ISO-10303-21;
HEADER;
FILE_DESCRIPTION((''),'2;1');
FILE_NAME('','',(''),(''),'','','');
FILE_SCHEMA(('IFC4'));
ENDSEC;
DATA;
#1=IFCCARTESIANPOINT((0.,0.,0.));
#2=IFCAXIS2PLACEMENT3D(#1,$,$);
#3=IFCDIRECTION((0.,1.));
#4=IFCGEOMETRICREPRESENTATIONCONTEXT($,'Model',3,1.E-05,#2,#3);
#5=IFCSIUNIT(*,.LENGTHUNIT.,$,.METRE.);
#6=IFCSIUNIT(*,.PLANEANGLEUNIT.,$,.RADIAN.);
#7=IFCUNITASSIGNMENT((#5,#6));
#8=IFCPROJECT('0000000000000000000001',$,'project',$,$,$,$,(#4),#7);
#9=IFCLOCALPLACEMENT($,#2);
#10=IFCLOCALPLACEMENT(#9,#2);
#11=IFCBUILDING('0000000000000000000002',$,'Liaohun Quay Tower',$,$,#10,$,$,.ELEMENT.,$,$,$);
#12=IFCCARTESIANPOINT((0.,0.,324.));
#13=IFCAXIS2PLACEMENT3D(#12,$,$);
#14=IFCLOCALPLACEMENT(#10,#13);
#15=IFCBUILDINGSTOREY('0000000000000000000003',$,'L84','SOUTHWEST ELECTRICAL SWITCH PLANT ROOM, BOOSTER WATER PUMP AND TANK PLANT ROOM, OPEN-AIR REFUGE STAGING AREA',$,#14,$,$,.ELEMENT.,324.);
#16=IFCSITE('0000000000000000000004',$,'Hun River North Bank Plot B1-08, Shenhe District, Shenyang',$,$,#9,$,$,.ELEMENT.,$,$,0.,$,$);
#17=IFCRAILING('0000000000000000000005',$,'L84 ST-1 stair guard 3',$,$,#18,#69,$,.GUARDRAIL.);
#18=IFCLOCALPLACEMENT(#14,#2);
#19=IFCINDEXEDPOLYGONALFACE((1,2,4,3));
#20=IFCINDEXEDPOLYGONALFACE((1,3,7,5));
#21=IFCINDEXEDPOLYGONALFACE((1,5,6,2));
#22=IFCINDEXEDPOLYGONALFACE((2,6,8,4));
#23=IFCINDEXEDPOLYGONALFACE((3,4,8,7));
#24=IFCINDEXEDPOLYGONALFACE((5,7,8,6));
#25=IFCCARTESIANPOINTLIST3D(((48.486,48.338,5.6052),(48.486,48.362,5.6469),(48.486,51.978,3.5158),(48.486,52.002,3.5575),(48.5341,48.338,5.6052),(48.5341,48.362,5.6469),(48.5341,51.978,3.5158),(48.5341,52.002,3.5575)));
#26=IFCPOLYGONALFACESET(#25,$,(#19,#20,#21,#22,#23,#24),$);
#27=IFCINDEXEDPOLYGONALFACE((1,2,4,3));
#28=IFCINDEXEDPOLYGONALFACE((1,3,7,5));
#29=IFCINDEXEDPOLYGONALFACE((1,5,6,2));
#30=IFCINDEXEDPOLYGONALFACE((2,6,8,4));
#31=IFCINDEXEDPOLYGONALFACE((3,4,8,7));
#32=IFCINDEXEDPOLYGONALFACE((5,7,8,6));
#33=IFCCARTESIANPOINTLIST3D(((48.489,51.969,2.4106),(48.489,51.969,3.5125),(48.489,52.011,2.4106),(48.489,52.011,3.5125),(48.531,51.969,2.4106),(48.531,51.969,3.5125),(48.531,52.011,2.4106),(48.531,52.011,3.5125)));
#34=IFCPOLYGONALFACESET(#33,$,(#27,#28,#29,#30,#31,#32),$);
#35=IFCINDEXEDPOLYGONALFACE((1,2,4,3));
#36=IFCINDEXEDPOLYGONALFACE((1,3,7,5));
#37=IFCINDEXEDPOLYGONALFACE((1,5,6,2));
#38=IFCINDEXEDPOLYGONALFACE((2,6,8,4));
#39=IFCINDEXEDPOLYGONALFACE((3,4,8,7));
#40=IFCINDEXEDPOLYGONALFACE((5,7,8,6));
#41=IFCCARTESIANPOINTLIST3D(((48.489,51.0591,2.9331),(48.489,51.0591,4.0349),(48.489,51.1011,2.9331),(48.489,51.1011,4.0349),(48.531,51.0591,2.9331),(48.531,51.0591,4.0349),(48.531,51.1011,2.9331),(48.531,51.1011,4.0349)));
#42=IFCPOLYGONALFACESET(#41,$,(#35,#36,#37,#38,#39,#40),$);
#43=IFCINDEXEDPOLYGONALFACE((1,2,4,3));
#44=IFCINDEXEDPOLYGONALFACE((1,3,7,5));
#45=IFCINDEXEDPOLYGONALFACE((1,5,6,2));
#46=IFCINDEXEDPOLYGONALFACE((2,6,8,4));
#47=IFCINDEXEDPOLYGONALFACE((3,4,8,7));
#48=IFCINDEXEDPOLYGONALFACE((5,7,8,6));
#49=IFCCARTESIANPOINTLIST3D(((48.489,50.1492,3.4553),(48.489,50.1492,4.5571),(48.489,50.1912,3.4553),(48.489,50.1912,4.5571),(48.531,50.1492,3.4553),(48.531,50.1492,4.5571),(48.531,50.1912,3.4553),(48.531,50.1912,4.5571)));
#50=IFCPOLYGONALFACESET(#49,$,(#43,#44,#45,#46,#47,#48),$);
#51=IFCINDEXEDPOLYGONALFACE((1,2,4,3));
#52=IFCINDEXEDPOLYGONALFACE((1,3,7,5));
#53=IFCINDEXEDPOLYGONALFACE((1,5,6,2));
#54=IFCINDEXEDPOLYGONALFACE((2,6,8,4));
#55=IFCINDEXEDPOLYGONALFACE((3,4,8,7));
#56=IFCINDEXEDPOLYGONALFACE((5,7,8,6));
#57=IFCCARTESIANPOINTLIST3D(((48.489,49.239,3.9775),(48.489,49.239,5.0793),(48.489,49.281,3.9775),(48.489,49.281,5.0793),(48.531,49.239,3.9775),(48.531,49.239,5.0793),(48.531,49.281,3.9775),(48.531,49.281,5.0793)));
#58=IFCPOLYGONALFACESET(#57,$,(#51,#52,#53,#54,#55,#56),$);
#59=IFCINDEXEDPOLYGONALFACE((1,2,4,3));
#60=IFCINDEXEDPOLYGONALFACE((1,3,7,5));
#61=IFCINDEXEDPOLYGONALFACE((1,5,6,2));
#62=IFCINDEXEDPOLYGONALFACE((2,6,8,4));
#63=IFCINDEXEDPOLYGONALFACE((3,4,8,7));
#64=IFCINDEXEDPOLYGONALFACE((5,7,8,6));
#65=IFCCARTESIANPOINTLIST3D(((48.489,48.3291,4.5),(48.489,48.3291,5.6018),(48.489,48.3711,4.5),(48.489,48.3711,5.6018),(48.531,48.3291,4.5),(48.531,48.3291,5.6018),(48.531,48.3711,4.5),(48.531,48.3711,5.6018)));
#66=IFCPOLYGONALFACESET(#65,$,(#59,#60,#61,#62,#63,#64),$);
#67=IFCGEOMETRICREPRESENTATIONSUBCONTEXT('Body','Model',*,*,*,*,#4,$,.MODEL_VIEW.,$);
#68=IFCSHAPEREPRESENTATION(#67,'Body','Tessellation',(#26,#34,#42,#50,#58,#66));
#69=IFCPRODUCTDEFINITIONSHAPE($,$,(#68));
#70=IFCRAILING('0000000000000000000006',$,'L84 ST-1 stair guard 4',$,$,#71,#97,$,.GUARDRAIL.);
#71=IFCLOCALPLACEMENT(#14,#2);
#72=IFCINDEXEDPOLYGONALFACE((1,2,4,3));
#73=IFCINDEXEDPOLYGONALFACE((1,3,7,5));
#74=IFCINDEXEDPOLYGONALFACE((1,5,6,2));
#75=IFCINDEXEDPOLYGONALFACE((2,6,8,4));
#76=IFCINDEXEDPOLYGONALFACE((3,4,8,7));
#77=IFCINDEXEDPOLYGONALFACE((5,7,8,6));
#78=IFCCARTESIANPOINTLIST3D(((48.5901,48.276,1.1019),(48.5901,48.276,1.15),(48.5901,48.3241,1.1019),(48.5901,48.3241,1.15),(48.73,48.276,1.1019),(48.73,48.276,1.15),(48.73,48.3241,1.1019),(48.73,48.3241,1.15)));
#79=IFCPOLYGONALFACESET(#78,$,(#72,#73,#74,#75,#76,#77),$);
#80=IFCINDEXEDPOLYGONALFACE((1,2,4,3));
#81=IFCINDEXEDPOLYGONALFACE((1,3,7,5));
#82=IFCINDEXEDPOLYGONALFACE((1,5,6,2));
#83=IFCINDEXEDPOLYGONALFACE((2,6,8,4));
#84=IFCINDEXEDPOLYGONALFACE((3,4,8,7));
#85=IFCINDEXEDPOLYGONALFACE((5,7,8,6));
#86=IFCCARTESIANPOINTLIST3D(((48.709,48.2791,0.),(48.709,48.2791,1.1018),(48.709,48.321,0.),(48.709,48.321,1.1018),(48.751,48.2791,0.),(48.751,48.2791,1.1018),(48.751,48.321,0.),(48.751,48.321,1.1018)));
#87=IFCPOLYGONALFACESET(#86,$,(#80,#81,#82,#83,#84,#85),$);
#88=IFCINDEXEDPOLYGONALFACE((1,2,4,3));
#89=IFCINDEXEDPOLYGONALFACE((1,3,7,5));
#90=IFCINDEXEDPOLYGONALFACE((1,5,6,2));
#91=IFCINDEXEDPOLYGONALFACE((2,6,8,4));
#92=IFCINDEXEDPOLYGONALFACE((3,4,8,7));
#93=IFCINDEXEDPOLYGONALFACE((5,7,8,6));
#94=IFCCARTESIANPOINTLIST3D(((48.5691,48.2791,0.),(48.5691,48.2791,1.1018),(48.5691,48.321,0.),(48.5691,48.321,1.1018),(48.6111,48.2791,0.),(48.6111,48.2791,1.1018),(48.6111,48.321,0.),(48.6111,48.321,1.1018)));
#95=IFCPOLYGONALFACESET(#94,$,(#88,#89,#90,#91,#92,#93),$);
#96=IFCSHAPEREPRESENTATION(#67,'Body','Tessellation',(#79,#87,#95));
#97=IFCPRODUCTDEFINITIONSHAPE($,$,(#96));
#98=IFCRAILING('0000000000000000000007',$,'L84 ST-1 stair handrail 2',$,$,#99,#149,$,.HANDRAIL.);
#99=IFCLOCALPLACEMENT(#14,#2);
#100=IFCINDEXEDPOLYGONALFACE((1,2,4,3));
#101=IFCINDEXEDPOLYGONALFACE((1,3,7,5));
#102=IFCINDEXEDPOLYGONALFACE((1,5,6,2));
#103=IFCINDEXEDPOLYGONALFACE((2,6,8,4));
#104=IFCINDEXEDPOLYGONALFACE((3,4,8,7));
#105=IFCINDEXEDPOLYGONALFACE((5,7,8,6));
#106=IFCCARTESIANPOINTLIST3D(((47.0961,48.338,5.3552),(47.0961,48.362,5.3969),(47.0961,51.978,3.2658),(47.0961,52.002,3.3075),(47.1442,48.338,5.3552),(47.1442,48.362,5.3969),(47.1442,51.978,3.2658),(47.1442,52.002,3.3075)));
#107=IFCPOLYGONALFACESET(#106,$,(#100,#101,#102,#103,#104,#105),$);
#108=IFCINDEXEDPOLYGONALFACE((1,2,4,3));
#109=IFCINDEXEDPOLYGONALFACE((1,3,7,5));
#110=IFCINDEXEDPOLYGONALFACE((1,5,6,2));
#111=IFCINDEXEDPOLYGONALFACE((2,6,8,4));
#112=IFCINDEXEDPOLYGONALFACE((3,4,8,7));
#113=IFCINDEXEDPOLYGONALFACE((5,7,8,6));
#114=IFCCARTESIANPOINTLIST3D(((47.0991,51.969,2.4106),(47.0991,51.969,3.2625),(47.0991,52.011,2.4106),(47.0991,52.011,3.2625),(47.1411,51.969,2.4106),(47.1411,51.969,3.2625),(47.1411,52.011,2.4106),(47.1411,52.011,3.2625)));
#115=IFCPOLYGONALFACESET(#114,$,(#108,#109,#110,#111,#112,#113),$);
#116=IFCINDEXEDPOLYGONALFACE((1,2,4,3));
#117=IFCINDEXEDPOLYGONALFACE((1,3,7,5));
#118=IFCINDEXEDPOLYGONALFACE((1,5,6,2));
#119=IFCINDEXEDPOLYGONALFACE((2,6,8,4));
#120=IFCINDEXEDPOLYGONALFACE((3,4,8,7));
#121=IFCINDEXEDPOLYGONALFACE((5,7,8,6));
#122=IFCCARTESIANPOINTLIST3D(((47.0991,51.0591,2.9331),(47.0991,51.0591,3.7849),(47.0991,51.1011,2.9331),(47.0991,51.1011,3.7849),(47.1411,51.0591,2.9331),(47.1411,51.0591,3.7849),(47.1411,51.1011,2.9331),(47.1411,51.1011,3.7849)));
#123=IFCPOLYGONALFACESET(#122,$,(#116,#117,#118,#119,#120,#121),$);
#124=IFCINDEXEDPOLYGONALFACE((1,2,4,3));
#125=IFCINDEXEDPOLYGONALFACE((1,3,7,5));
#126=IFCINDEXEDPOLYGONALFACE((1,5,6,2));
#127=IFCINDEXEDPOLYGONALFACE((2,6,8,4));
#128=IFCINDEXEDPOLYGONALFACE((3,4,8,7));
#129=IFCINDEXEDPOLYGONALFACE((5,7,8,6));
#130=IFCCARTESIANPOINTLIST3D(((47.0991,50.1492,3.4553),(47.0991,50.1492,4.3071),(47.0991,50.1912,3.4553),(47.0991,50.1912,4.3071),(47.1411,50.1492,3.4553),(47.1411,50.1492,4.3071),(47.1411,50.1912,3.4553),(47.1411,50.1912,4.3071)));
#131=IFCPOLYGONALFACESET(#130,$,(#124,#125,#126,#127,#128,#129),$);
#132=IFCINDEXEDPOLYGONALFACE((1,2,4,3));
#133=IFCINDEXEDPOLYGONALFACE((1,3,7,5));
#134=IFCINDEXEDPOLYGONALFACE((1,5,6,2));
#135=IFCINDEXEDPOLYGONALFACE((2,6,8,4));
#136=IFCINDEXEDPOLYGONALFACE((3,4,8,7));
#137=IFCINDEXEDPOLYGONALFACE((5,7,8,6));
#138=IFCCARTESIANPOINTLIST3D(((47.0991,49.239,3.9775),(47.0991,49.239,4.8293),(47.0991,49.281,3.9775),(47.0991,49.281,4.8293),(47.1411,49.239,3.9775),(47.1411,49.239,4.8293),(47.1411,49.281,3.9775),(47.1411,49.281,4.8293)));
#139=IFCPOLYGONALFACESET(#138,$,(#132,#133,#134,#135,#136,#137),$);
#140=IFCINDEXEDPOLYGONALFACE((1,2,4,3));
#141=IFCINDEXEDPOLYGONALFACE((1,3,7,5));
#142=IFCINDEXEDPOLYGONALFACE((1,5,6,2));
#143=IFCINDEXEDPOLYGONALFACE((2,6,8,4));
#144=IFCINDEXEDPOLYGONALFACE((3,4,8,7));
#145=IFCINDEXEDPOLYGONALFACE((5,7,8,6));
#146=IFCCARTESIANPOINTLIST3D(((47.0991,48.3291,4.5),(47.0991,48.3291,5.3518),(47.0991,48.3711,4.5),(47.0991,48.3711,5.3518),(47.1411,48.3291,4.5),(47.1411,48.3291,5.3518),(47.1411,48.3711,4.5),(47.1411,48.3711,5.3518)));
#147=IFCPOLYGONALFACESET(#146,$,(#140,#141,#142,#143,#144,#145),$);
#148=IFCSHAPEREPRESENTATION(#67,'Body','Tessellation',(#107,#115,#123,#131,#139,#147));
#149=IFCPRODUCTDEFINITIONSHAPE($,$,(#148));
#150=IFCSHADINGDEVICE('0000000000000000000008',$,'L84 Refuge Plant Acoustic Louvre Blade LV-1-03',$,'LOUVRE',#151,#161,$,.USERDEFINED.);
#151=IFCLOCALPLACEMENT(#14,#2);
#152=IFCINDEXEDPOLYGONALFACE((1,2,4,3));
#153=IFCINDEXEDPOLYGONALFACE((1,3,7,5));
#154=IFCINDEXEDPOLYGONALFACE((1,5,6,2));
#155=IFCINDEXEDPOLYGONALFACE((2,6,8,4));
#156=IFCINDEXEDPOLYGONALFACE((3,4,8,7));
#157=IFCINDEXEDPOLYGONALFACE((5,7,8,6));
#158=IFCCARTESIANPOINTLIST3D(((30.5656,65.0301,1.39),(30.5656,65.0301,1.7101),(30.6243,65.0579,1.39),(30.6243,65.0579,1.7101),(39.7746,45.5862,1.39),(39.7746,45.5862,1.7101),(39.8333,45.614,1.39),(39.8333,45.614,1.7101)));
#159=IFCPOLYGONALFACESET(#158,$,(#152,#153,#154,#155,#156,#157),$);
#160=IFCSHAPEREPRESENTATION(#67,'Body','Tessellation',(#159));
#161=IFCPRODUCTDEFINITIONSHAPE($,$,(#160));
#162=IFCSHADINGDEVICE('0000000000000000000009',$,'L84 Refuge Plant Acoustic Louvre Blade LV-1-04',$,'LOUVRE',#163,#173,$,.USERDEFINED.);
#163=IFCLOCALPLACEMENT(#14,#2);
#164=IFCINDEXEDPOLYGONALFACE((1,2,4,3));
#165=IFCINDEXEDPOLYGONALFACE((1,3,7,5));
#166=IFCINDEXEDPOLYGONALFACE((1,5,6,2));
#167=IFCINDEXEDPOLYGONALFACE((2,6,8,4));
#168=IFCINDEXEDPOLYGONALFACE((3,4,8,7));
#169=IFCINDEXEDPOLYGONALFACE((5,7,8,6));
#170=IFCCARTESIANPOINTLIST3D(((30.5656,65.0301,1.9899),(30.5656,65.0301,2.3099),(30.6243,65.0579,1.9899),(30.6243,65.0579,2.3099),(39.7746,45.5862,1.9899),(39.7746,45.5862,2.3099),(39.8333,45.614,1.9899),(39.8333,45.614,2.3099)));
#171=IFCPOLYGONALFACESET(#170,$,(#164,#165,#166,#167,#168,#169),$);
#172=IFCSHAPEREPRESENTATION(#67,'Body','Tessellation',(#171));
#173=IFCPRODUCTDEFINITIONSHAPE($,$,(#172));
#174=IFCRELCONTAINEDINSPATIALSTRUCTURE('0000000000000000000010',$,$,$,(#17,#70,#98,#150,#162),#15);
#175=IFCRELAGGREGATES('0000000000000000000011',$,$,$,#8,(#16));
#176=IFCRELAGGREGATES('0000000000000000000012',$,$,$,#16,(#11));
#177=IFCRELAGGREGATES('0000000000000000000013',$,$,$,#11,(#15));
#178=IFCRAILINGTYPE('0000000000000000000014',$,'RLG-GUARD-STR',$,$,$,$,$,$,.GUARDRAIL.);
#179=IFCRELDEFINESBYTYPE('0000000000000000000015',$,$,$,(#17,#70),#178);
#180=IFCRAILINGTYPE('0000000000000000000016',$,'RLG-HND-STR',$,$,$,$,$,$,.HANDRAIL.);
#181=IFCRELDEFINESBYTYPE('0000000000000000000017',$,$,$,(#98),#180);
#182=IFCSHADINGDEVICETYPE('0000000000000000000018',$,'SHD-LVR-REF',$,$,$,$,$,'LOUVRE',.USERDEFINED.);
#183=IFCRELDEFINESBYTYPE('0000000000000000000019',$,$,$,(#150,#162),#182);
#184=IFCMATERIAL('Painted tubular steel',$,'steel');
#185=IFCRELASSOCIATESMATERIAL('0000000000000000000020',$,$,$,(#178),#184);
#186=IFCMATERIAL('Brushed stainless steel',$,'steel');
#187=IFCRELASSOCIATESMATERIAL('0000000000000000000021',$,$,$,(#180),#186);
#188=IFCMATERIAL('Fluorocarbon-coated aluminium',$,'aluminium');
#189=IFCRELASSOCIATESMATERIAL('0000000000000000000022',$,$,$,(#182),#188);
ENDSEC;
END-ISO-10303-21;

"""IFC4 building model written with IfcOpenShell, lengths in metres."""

from ifc_helpers import new_model, si_unit, direction, frame, origin, origin_2d, place, context, subcontext, project, spatial, rectangle, extrude, source, transform, mapped, material, material_profile, profile_set, type_object, element, save


model = new_model("IFC4")

# Units and contexts
model_context = context("Model", 3, precision=1e-05, world=origin(), true_north=direction((0.0, 1.0)))
body_context = subcontext(model_context, "Body", "Model", "MODEL_VIEW")
ifc_project = project(units=[si_unit("LENGTHUNIT", "METRE"), si_unit("PLANEANGLEUNIT", "RADIAN")], contexts=[model_context])

# Site, building, storey
site_placement = place(None, origin())
site = spatial("IfcSite", under=ifc_project, at=site_placement, Name="Hun River North Bank Plot B1-08, Shenhe District, Shenyang", CompositionType="ELEMENT", RefElevation=0.0)
building_placement = place(site_placement, origin())
building = spatial("IfcBuilding", under=site, at=building_placement, Name="Liaohun Quay Tower", CompositionType="ELEMENT")
storey_placement = place(building_placement, frame((0.0, 0.0, 324.0)))
storey = spatial("IfcBuildingStorey", under=building, at=storey_placement, Name="L84", Description="SOUTHWEST ELECTRICAL SWITCH PLANT ROOM, BOOSTER WATER PUMP AND TANK PLANT ROOM, OPEN-AIR REFUGE STAGING AREA", CompositionType="ELEMENT", Elevation=324.0)

# Railings
ifc_material_1 = material(Name="Painted tubular steel", Category="steel")
railing_type_1 = type_object("IfcRailingType", Name="RLG-GUARD-STR", PredefinedType="GUARDRAIL", material=ifc_material_1)
railing_1_placement = place(storey_placement, frame((48.51, 51.99, 2.4106)))
element("IfcRailing", 1, at=railing_1_placement, inside=storey, type_object=railing_type_1, Name="L84 ST-1 stair guard 3", PredefinedType="GUARDRAIL", context=body_context, shape_type="SweptSolid", body=[
    extrude(rectangle(XDim=0.0481, YDim=0.0481, at=origin_2d()), frame((0.0, 0.0, 1.126), z_axis=(0.0, -0.867275, 0.497829), x_axis=(1.0, 0.0, 0.0)), (0.0, 0.0, 1.0), 4.197),
    extrude(rectangle(XDim=0.042, YDim=0.042, at=origin_2d()), origin(), (0.0, 0.0, 1.0), 1.1018),
    extrude(rectangle(XDim=0.042, YDim=0.042, at=origin_2d()), frame((0.0, -0.9099, 0.5225)), (0.0, 0.0, 1.0), 1.1018),
    extrude(rectangle(XDim=0.042, YDim=0.042, at=origin_2d()), frame((0.0, -1.8198, 1.0447)), (0.0, 0.0, 1.0), 1.1018),
    extrude(rectangle(XDim=0.042, YDim=0.042, at=origin_2d()), frame((0.0, -2.73, 1.5669)), (0.0, 0.0, 1.0), 1.1018),
    extrude(rectangle(XDim=0.042, YDim=0.042, at=origin_2d()), frame((0.0, -3.6399, 2.0894)), (0.0, 0.0, 1.0), 1.1018),
])
railing_2_placement = place(storey_placement, frame((48.73, 48.3, 0.0)))
element("IfcRailing", 2, at=railing_2_placement, inside=storey, type_object=railing_type_1, Name="L84 ST-1 stair guard 4", PredefinedType="GUARDRAIL", context=body_context, shape_type="SweptSolid", body=[
    extrude(rectangle(XDim=0.0481, YDim=0.0481, at=origin_2d()), frame((0.0, 0.0, 1.126), z_axis=(-1.0, 0.0, 0.0), x_axis=(0.0, -1.0, 0.0)), (0.0, 0.0, 1.0), 0.1399),
    extrude(rectangle(XDim=0.042, YDim=0.042, at=origin_2d()), origin(), (0.0, 0.0, 1.0), 1.1018),
    extrude(rectangle(XDim=0.042, YDim=0.042, at=origin_2d()), frame((-0.1399, 0.0, 0.0)), (0.0, 0.0, 1.0), 1.1018),
])
ifc_material_2 = material(Name="Brushed stainless steel", Category="steel")
railing_type_2 = type_object("IfcRailingType", Name="RLG-HND-STR", PredefinedType="HANDRAIL", material=ifc_material_2)
railing_3_placement = place(storey_placement, frame((47.1201, 51.99, 2.4106)))
element("IfcRailing", 3, at=railing_3_placement, inside=storey, type_object=railing_type_2, Name="L84 ST-1 stair handrail 2", PredefinedType="HANDRAIL", context=body_context, shape_type="SweptSolid", body=[
    extrude(rectangle(XDim=0.0481, YDim=0.0481, at=origin_2d()), frame((0.0, 0.0, 0.876), z_axis=(0.0, -0.867275, 0.497829), x_axis=(1.0, 0.0, 0.0)), (0.0, 0.0, 1.0), 4.197),
    extrude(rectangle(XDim=0.042, YDim=0.042, at=origin_2d()), origin(), (0.0, 0.0, 1.0), 0.8518),
    extrude(rectangle(XDim=0.042, YDim=0.042, at=origin_2d()), frame((0.0, -0.9099, 0.5225)), (0.0, 0.0, 1.0), 0.8518),
    extrude(rectangle(XDim=0.042, YDim=0.042, at=origin_2d()), frame((0.0, -1.8198, 1.0447)), (0.0, 0.0, 1.0), 0.8518),
    extrude(rectangle(XDim=0.042, YDim=0.042, at=origin_2d()), frame((0.0, -2.73, 1.5669)), (0.0, 0.0, 1.0), 0.8518),
    extrude(rectangle(XDim=0.042, YDim=0.042, at=origin_2d()), frame((0.0, -3.6399, 2.0894)), (0.0, 0.0, 1.0), 0.8518),
])

# Shading devices
ifc_material_3 = material(Name="Fluorocarbon-coated aluminium", Category="aluminium")
ifc_material_profile_1 = material_profile(ifc_material_3, rectangle(XDim=0.0649, YDim=0.3201, at=origin_2d()), Name="ALU-LVR-320x65")
ifc_profile_set_1 = profile_set([ifc_material_profile_1], Name="Fluorocarbon-coated aluminium")
shading_device_type = type_object("IfcShadingDeviceType", Name="SHD-LVR-REF", ElementType="LOUVRE", PredefinedType="USERDEFINED", material=ifc_profile_set_1)
shared_shape_1 = source(origin(), body_context, "Body", "SweptSolid", [
    extrude(rectangle(XDim=0.0649, YDim=0.3201, at=origin_2d()), origin(), (0.0, 0.0, 1.0), 21.5144),
])
for number, where, z_axis, x_axis, name in (
    (4, (39.804, 45.6001, 1.55), (-0.428039, 0.90376, 0.0), (-0.90376, -0.428039, 0.0), "L84 Refuge Plant Acoustic Louvre Blade LV-1-03"),
    (5, (39.804, 45.6001, 2.1499), (-0.428039, 0.90376, 0.0), (-0.90376, -0.428039, 0.0), "L84 Refuge Plant Acoustic Louvre Blade LV-1-04"),
):
    element("IfcShadingDevice", number, at=place(storey_placement, frame(where, z_axis=z_axis, x_axis=x_axis)), inside=storey, type_object=shading_device_type, Name=name, ObjectType="LOUVRE", PredefinedType="USERDEFINED", context=body_context, shape_type="MappedRepresentation", body=[
        mapped(shared_shape_1, transform((0.0, 0.0, 0.0), x_axis=(1.0, 0.0, 0.0), y_axis=(0.0, 1.0, 0.0), z_axis=(0.0, 0.0, 1.0), scale=1.0)),
    ])

save(model, "model.ifc")
